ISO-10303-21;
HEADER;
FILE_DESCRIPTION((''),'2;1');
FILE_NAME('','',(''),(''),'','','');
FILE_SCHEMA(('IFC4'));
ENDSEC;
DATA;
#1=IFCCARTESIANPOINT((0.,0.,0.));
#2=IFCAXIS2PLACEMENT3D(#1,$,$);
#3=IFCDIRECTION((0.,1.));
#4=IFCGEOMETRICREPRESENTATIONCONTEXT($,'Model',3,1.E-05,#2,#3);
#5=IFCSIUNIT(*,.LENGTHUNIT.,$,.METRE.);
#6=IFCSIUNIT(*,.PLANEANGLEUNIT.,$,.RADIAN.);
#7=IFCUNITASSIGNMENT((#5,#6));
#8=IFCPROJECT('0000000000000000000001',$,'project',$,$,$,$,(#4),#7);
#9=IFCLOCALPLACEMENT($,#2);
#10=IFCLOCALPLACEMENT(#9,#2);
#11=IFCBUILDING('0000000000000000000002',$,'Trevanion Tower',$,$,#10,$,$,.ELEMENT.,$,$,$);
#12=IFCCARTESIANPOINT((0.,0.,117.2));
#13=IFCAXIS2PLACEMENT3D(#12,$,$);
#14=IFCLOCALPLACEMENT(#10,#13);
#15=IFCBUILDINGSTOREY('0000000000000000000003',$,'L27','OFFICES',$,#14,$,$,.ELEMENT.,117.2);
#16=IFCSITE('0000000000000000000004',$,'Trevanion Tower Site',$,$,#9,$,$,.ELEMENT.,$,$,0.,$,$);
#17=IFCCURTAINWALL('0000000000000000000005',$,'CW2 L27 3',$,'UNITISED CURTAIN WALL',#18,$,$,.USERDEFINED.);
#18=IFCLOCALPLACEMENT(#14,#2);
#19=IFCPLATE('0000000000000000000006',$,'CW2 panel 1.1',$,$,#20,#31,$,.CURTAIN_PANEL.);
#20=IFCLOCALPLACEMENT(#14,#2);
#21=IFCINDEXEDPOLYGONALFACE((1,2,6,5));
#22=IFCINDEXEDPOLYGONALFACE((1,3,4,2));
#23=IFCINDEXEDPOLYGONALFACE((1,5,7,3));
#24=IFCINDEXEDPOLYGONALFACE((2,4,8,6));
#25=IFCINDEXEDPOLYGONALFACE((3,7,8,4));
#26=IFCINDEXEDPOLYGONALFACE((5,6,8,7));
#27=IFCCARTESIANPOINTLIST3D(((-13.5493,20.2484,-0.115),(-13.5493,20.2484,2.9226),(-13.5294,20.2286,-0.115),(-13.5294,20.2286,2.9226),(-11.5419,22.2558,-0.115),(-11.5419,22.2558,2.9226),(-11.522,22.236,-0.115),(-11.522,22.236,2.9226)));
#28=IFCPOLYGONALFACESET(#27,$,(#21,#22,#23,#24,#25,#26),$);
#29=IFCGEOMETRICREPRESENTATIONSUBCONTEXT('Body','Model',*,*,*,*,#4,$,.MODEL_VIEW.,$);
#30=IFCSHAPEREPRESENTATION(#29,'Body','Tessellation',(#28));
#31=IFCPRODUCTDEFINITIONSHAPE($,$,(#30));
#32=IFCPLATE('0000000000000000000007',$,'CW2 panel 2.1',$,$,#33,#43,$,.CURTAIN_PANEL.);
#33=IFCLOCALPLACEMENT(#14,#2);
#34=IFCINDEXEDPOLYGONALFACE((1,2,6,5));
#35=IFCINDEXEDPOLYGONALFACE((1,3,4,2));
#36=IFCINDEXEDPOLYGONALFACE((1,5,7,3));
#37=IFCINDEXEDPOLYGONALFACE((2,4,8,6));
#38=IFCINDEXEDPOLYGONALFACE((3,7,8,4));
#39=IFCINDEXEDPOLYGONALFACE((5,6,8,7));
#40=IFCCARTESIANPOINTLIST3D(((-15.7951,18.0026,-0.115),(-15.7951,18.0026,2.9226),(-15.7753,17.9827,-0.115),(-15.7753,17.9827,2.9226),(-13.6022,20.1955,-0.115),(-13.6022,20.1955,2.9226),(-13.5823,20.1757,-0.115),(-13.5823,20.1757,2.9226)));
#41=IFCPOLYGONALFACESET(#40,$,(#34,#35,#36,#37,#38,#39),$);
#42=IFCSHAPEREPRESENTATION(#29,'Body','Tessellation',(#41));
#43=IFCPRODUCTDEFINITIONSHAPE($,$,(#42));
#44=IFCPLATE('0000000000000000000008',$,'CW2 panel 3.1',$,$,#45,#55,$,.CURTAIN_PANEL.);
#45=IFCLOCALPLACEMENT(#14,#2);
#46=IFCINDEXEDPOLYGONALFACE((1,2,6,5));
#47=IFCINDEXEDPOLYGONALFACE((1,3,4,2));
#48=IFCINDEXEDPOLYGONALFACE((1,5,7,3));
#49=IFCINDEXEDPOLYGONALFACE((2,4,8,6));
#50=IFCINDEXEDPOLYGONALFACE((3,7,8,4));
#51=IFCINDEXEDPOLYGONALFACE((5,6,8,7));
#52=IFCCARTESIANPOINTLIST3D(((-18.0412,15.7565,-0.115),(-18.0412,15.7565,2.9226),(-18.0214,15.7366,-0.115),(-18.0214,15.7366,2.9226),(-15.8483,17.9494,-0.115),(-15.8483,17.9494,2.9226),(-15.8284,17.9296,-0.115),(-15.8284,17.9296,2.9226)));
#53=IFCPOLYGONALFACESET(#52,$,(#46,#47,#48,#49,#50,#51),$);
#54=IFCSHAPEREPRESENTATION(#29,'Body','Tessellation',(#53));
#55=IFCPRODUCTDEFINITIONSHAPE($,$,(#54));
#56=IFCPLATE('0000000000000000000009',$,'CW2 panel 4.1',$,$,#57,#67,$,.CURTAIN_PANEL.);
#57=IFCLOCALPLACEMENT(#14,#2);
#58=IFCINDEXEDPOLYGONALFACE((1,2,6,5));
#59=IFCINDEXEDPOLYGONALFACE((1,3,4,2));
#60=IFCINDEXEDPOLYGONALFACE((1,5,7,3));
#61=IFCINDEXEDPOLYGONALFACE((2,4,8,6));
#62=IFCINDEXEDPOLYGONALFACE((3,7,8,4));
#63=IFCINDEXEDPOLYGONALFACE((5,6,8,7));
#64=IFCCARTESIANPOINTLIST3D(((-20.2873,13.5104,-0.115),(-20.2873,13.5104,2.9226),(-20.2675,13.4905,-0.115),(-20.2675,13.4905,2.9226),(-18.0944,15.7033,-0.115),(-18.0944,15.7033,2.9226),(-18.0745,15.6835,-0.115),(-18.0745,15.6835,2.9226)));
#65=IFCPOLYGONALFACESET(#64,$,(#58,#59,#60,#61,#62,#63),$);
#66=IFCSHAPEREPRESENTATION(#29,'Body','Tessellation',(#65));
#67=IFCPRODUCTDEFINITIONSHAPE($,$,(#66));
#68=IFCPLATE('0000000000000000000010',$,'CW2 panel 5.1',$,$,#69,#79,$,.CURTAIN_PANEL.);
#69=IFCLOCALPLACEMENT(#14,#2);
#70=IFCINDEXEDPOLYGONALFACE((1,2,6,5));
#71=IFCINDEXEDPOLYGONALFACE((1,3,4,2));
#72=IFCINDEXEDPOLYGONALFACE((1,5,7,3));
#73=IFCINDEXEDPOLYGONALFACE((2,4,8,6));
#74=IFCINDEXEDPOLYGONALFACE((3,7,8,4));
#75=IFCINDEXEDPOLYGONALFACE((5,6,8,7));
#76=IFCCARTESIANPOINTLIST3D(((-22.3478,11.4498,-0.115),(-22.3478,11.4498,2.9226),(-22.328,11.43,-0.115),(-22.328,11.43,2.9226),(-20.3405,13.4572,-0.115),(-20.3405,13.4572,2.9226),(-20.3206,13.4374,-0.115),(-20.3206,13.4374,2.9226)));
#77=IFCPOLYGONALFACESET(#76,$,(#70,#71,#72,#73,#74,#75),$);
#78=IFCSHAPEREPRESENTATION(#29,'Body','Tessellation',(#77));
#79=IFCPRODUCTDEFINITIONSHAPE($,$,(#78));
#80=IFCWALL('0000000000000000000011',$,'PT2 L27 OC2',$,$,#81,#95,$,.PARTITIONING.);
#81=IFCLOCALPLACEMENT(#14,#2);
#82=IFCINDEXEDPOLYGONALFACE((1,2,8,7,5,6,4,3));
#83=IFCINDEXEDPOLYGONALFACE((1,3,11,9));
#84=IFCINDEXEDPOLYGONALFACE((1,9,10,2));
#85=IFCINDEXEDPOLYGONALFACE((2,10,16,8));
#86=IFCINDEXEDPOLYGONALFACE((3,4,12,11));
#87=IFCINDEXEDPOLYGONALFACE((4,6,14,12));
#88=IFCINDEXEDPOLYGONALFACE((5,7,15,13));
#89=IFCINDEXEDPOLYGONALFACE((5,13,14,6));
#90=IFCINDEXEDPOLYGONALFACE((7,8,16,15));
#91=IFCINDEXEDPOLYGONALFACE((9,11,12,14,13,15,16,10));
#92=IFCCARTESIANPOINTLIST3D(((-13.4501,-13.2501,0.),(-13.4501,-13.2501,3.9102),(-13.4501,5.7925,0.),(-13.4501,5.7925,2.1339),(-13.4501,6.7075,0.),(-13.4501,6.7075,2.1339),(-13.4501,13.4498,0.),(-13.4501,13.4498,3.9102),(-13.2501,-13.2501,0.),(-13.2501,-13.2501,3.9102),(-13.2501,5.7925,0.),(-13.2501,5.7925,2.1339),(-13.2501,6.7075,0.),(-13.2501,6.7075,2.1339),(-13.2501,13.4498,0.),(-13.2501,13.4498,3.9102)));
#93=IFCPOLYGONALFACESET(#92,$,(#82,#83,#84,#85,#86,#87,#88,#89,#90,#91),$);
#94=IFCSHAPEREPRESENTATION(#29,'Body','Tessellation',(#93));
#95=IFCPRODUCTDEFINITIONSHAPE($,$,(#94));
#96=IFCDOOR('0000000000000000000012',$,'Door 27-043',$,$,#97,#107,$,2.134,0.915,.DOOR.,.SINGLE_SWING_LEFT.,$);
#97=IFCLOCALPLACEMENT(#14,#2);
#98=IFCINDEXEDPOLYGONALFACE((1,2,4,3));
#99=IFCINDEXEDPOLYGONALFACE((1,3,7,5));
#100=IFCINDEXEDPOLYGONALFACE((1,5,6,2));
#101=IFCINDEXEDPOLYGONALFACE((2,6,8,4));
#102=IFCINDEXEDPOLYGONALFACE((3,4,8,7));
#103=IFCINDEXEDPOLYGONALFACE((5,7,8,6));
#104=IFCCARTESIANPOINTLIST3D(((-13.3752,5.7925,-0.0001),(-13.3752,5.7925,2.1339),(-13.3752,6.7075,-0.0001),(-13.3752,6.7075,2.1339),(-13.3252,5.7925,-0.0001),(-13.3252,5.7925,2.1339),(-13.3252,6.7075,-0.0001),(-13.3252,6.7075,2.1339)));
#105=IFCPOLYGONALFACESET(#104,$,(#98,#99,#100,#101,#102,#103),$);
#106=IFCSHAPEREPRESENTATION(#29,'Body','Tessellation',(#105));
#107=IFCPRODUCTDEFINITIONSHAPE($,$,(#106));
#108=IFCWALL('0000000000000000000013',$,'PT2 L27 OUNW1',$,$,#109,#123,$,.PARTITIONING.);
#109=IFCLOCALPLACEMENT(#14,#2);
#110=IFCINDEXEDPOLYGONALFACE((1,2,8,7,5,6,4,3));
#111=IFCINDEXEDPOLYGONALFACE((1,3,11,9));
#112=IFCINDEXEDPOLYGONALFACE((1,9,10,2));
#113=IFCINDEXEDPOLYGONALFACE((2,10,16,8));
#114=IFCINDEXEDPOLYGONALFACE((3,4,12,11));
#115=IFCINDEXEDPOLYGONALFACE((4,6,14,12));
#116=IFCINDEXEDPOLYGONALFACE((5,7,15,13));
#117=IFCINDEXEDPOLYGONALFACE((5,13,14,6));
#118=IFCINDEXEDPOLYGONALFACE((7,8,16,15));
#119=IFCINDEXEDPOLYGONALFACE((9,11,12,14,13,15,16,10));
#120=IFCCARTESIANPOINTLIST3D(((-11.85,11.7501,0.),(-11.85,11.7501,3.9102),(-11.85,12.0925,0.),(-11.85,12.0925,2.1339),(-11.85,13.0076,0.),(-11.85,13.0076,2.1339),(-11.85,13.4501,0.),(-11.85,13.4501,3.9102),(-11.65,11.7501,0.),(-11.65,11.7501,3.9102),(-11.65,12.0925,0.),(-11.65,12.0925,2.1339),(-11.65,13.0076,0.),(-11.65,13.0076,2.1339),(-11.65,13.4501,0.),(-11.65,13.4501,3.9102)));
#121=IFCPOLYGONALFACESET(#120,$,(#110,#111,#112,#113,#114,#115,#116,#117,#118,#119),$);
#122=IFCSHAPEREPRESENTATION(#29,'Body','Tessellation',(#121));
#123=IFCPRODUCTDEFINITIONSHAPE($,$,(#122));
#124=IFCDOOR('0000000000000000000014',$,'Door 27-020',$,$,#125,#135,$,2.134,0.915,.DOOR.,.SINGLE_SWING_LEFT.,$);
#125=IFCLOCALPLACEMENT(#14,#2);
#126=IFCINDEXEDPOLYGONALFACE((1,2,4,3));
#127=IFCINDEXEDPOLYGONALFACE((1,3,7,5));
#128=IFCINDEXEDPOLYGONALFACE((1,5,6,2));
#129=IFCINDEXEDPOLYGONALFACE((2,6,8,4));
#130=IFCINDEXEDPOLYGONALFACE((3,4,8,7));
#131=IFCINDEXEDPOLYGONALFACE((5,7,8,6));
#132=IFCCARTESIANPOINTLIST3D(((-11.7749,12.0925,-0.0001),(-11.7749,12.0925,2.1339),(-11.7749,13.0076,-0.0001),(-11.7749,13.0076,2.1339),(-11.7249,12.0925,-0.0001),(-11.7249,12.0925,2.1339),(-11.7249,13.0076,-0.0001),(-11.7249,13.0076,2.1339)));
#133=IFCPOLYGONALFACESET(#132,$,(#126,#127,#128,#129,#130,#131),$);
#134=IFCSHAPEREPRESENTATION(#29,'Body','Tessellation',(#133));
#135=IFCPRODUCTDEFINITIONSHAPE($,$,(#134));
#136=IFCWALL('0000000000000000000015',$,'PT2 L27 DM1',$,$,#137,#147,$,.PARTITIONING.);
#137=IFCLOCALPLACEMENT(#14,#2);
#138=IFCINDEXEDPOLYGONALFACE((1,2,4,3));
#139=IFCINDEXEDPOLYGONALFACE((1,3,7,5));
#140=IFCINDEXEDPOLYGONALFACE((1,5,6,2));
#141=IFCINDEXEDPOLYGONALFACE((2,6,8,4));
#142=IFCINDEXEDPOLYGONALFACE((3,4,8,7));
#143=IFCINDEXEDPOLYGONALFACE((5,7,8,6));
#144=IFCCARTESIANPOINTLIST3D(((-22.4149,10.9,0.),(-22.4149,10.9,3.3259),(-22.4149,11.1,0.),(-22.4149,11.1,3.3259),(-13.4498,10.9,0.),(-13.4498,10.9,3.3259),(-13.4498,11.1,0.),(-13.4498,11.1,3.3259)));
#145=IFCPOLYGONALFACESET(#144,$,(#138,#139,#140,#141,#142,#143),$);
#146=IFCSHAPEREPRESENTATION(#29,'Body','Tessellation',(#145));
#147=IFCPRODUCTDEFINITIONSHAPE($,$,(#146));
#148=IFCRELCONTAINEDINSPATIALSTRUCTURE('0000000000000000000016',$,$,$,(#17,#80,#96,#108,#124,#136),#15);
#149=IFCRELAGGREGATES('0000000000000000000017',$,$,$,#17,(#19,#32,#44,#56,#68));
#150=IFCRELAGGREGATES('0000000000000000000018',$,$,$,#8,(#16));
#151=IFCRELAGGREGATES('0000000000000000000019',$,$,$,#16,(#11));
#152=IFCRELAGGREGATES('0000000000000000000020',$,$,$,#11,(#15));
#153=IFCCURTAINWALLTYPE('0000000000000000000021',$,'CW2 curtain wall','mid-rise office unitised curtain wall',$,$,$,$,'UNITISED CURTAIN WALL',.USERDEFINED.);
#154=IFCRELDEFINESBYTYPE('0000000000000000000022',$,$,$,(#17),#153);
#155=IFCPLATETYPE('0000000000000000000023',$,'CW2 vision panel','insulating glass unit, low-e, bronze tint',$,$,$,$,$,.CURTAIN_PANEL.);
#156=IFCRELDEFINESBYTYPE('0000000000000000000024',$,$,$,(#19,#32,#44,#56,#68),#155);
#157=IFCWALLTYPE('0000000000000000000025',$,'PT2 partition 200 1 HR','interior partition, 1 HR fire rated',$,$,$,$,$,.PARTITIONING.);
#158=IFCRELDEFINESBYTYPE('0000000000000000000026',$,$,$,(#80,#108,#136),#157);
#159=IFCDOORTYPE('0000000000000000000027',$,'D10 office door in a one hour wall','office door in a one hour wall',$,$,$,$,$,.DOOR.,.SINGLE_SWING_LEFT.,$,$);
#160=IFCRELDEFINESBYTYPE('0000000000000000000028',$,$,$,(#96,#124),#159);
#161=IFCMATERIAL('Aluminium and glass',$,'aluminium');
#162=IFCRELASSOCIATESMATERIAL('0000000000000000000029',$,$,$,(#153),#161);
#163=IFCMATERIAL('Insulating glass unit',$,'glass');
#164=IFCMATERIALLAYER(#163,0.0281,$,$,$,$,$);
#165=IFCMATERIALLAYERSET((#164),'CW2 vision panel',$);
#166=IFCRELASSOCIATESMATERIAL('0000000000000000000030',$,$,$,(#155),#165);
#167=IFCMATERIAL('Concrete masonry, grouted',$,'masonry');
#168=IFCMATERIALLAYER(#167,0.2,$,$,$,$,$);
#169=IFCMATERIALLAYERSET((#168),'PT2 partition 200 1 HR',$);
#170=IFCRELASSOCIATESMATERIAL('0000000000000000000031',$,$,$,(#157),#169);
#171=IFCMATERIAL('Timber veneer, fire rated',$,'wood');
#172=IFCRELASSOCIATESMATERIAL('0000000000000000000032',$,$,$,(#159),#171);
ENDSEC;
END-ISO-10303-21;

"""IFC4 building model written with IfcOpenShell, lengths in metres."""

from ifc_helpers import new_model, si_unit, direction, frame, frame_2d, origin, origin_2d, place, context, subcontext, project, spatial, rectangle, extrude, material, layer, layer_set, type_object, element, fill, aggregate, save


model = new_model("IFC4")

# Units and contexts
model_context = context("Model", 3, precision=1e-05, world=origin(), true_north=direction((0.0, 1.0)))
body_context = subcontext(model_context, "Body", "Model", "MODEL_VIEW")
ifc_project = project(units=[si_unit("LENGTHUNIT", "METRE"), si_unit("PLANEANGLEUNIT", "RADIAN")], contexts=[model_context])

# Site, building, storey
site_placement = place(None, origin())
site = spatial("IfcSite", under=ifc_project, at=site_placement, Name="Trevanion Tower Site", CompositionType="ELEMENT", RefElevation=0.0)
building_placement = place(site_placement, origin())
building = spatial("IfcBuilding", under=site, at=building_placement, Name="Trevanion Tower", CompositionType="ELEMENT")
storey_placement = place(building_placement, frame((0.0, 0.0, 117.2)))
storey = spatial("IfcBuildingStorey", under=building, at=storey_placement, Name="L27", Description="OFFICES", CompositionType="ELEMENT", Elevation=117.2)

# Curtain wall
ifc_material_1 = material(Name="Aluminium and glass", Category="aluminium")
curtain_wall_type = type_object("IfcCurtainWallType", Name="CW2 curtain wall", Description="mid-rise office unitised curtain wall", ElementType="UNITISED CURTAIN WALL", PredefinedType="USERDEFINED", material=ifc_material_1)
curtain_wall_placement = place(storey_placement, origin())
curtain_wall = element("IfcCurtainWall", 1, at=curtain_wall_placement, inside=storey, type_object=curtain_wall_type, Name="CW2 L27 3", ObjectType="UNITISED CURTAIN WALL", PredefinedType="USERDEFINED")

# Plates
ifc_material_2 = material(Name="Insulating glass unit", Category="glass")
ifc_layer_1 = layer(ifc_material_2, 0.0281)
ifc_layer_set_1 = layer_set([ifc_layer_1], Name="CW2 vision panel")
plate_type_1 = type_object("IfcPlateType", Name="CW2 vision panel", Description="insulating glass unit, low-e, bronze tint", PredefinedType="CURTAIN_PANEL", material=ifc_layer_set_1)
plate_1_placement = place(storey_placement, frame((-12.5356, 21.2422, -0.115), z_axis=(0.0, 0.0, 1.0), x_axis=(-0.707107, -0.707107, 0.0)))
plate_1 = element("IfcPlate", 2, at=plate_1_placement, type_object=plate_type_1, Name="CW2 panel 1.1", PredefinedType="CURTAIN_PANEL", context=body_context, shape_type="SweptSolid", body=[
    extrude(rectangle(XDim=2.8389, YDim=0.0281, at=origin_2d()), origin(), (0.0, 0.0, 1.0), 3.0376),
])
plate_2_placement = place(storey_placement, frame((-14.6887, 19.0891, -0.115), z_axis=(0.0, 0.0, 1.0), x_axis=(-0.707107, -0.707107, 0.0)))
plate_2 = element("IfcPlate", 3, at=plate_2_placement, type_object=plate_type_1, Name="CW2 panel 2.1", PredefinedType="CURTAIN_PANEL", context=body_context, shape_type="SweptSolid", body=[
    extrude(rectangle(XDim=3.1013, YDim=0.0281, at=origin_2d()), origin(), (0.0, 0.0, 1.0), 3.0376),
])
plate_3_placement = place(storey_placement, frame((-16.9348, 16.843, -0.115), z_axis=(0.0, 0.0, 1.0), x_axis=(-0.707107, -0.707107, 0.0)))
plate_3 = element("IfcPlate", 4, at=plate_3_placement, type_object=plate_type_1, Name="CW2 panel 3.1", PredefinedType="CURTAIN_PANEL", context=body_context, shape_type="SweptSolid", body=[
    extrude(rectangle(XDim=3.1013, YDim=0.0281, at=origin_2d()), origin(), (0.0, 0.0, 1.0), 3.0376),
])
plate_4_placement = place(storey_placement, frame((-19.1809, 14.5969, -0.115), z_axis=(0.0, 0.0, 1.0), x_axis=(-0.707107, -0.707107, 0.0)))
plate_4 = element("IfcPlate", 5, at=plate_4_placement, type_object=plate_type_1, Name="CW2 panel 4.1", PredefinedType="CURTAIN_PANEL", context=body_context, shape_type="SweptSolid", body=[
    extrude(rectangle(XDim=3.1013, YDim=0.0281, at=origin_2d()), origin(), (0.0, 0.0, 1.0), 3.0376),
])
plate_5_placement = place(storey_placement, frame((-21.3342, 12.4436, -0.115), z_axis=(0.0, 0.0, 1.0), x_axis=(-0.707107, -0.707107, 0.0)))
plate_5 = element("IfcPlate", 6, at=plate_5_placement, type_object=plate_type_1, Name="CW2 panel 5.1", PredefinedType="CURTAIN_PANEL", context=body_context, shape_type="SweptSolid", body=[
    extrude(rectangle(XDim=2.8389, YDim=0.0281, at=origin_2d()), origin(), (0.0, 0.0, 1.0), 3.0376),
])
aggregate(curtain_wall, [plate_1, plate_2, plate_3, plate_4, plate_5])

# Walls, openings, doors
ifc_material_3 = material(Name="Concrete masonry, grouted", Category="masonry")
ifc_layer_2 = layer(ifc_material_3, 0.2)
ifc_layer_set_2 = layer_set([ifc_layer_2], Name="PT2 partition 200 1 HR")
wall_type = type_object("IfcWallType", Name="PT2 partition 200 1 HR", Description="interior partition, 1 HR fire rated", PredefinedType="PARTITIONING", material=ifc_layer_set_2)
wall_1_placement = place(storey_placement, frame((-13.3501, 13.45, 0.0), z_axis=(0.0, 0.0, 1.0), x_axis=(0.0, -1.0, 0.0)))
wall_1 = element("IfcWall", 7, at=wall_1_placement, inside=storey, type_object=wall_type, Name="PT2 L27 OC2", PredefinedType="PARTITIONING", context=body_context, shape_type="SweptSolid", body=[
    extrude(rectangle(XDim=26.7, YDim=0.2, at=frame_2d((13.3501, 0.0))), origin(), (0.0, 0.0, 1.0), 3.9102),
])
opening_1_placement = place(wall_1_placement, frame((6.7424, 0.0, 0.0)))
opening_1 = element("IfcOpeningElement", 8, at=opening_1_placement, cuts=wall_1, PredefinedType="OPENING", context=body_context, shape_type="SweptSolid", body=[
    extrude(rectangle(XDim=0.915, YDim=2.134, at=frame_2d((0.4575, 1.0669))), frame((0.0, 0.1099, 0.0), z_axis=(0.0, -1.0, 0.0), x_axis=(1.0, 0.0, 0.0)), (0.0, 0.0, 1.0), 0.22),
])
ifc_material_4 = material(Name="Timber veneer, fire rated", Category="wood")
door_type = type_object("IfcDoorType", Name="D10 office door in a one hour wall", Description="office door in a one hour wall", OperationType="SINGLE_SWING_LEFT", PredefinedType="DOOR", material=ifc_material_4)
door_1_placement = place(opening_1_placement, origin())
door_1 = element("IfcDoor", 9, at=door_1_placement, inside=storey, type_object=door_type, Name="Door 27-043", OperationType="SINGLE_SWING_LEFT", OverallHeight=2.134, OverallWidth=0.915, PredefinedType="DOOR", context=body_context, shape_type="SweptSolid", body=[
    extrude(rectangle(XDim=0.915, YDim=2.134, at=frame_2d((0.4575, 1.0669))), frame((0.0, 0.0249, 0.0), z_axis=(0.0, -1.0, 0.0), x_axis=(1.0, 0.0, 0.0)), (0.0, 0.0, 1.0), 0.05),
])
fill(opening_1, door_1)
wall_2_placement = place(storey_placement, frame((-11.75, 11.75, 0.0), z_axis=(0.0, 0.0, 1.0), x_axis=(0.0, 1.0, 0.0)))
wall_2 = element("IfcWall", 10, at=wall_2_placement, inside=storey, type_object=wall_type, Name="PT2 L27 OUNW1", PredefinedType="PARTITIONING", context=body_context, shape_type="SweptSolid", body=[
    extrude(rectangle(XDim=1.7, YDim=0.2, at=frame_2d((0.8501, 0.0))), origin(), (0.0, 0.0, 1.0), 3.9102),
])
opening_2_placement = place(wall_2_placement, frame((0.3425, 0.0, 0.0)))
opening_2 = element("IfcOpeningElement", 11, at=opening_2_placement, cuts=wall_2, PredefinedType="OPENING", context=body_context, shape_type="SweptSolid", body=[
    extrude(rectangle(XDim=0.915, YDim=2.134, at=frame_2d((0.4575, 1.0669))), frame((0.0, 0.1099, 0.0), z_axis=(0.0, -1.0, 0.0), x_axis=(1.0, 0.0, 0.0)), (0.0, 0.0, 1.0), 0.22),
])
door_2_placement = place(opening_2_placement, origin())
door_2 = element("IfcDoor", 12, at=door_2_placement, inside=storey, type_object=door_type, Name="Door 27-020", OperationType="SINGLE_SWING_LEFT", OverallHeight=2.134, OverallWidth=0.915, PredefinedType="DOOR", context=body_context, shape_type="SweptSolid", body=[
    extrude(rectangle(XDim=0.915, YDim=2.134, at=frame_2d((0.4575, 1.0669))), frame((0.0, 0.0249, 0.0), z_axis=(0.0, -1.0, 0.0), x_axis=(1.0, 0.0, 0.0)), (0.0, 0.0, 1.0), 0.05),
])
fill(opening_2, door_2)

# Wall
wall_3_placement = place(storey_placement, frame((-13.45, 11.0, 0.0), z_axis=(0.0, 0.0, 1.0), x_axis=(-1.0, 0.0, 0.0)))
element("IfcWall", 13, at=wall_3_placement, inside=storey, type_object=wall_type, Name="PT2 L27 DM1", PredefinedType="PARTITIONING", context=body_context, shape_type="SweptSolid", body=[
    extrude(rectangle(XDim=8.9651, YDim=0.2, at=frame_2d((4.4824, 0.0))), origin(), (0.0, 0.0, 1.0), 3.3259),
])

save(model, "model.ifc")
